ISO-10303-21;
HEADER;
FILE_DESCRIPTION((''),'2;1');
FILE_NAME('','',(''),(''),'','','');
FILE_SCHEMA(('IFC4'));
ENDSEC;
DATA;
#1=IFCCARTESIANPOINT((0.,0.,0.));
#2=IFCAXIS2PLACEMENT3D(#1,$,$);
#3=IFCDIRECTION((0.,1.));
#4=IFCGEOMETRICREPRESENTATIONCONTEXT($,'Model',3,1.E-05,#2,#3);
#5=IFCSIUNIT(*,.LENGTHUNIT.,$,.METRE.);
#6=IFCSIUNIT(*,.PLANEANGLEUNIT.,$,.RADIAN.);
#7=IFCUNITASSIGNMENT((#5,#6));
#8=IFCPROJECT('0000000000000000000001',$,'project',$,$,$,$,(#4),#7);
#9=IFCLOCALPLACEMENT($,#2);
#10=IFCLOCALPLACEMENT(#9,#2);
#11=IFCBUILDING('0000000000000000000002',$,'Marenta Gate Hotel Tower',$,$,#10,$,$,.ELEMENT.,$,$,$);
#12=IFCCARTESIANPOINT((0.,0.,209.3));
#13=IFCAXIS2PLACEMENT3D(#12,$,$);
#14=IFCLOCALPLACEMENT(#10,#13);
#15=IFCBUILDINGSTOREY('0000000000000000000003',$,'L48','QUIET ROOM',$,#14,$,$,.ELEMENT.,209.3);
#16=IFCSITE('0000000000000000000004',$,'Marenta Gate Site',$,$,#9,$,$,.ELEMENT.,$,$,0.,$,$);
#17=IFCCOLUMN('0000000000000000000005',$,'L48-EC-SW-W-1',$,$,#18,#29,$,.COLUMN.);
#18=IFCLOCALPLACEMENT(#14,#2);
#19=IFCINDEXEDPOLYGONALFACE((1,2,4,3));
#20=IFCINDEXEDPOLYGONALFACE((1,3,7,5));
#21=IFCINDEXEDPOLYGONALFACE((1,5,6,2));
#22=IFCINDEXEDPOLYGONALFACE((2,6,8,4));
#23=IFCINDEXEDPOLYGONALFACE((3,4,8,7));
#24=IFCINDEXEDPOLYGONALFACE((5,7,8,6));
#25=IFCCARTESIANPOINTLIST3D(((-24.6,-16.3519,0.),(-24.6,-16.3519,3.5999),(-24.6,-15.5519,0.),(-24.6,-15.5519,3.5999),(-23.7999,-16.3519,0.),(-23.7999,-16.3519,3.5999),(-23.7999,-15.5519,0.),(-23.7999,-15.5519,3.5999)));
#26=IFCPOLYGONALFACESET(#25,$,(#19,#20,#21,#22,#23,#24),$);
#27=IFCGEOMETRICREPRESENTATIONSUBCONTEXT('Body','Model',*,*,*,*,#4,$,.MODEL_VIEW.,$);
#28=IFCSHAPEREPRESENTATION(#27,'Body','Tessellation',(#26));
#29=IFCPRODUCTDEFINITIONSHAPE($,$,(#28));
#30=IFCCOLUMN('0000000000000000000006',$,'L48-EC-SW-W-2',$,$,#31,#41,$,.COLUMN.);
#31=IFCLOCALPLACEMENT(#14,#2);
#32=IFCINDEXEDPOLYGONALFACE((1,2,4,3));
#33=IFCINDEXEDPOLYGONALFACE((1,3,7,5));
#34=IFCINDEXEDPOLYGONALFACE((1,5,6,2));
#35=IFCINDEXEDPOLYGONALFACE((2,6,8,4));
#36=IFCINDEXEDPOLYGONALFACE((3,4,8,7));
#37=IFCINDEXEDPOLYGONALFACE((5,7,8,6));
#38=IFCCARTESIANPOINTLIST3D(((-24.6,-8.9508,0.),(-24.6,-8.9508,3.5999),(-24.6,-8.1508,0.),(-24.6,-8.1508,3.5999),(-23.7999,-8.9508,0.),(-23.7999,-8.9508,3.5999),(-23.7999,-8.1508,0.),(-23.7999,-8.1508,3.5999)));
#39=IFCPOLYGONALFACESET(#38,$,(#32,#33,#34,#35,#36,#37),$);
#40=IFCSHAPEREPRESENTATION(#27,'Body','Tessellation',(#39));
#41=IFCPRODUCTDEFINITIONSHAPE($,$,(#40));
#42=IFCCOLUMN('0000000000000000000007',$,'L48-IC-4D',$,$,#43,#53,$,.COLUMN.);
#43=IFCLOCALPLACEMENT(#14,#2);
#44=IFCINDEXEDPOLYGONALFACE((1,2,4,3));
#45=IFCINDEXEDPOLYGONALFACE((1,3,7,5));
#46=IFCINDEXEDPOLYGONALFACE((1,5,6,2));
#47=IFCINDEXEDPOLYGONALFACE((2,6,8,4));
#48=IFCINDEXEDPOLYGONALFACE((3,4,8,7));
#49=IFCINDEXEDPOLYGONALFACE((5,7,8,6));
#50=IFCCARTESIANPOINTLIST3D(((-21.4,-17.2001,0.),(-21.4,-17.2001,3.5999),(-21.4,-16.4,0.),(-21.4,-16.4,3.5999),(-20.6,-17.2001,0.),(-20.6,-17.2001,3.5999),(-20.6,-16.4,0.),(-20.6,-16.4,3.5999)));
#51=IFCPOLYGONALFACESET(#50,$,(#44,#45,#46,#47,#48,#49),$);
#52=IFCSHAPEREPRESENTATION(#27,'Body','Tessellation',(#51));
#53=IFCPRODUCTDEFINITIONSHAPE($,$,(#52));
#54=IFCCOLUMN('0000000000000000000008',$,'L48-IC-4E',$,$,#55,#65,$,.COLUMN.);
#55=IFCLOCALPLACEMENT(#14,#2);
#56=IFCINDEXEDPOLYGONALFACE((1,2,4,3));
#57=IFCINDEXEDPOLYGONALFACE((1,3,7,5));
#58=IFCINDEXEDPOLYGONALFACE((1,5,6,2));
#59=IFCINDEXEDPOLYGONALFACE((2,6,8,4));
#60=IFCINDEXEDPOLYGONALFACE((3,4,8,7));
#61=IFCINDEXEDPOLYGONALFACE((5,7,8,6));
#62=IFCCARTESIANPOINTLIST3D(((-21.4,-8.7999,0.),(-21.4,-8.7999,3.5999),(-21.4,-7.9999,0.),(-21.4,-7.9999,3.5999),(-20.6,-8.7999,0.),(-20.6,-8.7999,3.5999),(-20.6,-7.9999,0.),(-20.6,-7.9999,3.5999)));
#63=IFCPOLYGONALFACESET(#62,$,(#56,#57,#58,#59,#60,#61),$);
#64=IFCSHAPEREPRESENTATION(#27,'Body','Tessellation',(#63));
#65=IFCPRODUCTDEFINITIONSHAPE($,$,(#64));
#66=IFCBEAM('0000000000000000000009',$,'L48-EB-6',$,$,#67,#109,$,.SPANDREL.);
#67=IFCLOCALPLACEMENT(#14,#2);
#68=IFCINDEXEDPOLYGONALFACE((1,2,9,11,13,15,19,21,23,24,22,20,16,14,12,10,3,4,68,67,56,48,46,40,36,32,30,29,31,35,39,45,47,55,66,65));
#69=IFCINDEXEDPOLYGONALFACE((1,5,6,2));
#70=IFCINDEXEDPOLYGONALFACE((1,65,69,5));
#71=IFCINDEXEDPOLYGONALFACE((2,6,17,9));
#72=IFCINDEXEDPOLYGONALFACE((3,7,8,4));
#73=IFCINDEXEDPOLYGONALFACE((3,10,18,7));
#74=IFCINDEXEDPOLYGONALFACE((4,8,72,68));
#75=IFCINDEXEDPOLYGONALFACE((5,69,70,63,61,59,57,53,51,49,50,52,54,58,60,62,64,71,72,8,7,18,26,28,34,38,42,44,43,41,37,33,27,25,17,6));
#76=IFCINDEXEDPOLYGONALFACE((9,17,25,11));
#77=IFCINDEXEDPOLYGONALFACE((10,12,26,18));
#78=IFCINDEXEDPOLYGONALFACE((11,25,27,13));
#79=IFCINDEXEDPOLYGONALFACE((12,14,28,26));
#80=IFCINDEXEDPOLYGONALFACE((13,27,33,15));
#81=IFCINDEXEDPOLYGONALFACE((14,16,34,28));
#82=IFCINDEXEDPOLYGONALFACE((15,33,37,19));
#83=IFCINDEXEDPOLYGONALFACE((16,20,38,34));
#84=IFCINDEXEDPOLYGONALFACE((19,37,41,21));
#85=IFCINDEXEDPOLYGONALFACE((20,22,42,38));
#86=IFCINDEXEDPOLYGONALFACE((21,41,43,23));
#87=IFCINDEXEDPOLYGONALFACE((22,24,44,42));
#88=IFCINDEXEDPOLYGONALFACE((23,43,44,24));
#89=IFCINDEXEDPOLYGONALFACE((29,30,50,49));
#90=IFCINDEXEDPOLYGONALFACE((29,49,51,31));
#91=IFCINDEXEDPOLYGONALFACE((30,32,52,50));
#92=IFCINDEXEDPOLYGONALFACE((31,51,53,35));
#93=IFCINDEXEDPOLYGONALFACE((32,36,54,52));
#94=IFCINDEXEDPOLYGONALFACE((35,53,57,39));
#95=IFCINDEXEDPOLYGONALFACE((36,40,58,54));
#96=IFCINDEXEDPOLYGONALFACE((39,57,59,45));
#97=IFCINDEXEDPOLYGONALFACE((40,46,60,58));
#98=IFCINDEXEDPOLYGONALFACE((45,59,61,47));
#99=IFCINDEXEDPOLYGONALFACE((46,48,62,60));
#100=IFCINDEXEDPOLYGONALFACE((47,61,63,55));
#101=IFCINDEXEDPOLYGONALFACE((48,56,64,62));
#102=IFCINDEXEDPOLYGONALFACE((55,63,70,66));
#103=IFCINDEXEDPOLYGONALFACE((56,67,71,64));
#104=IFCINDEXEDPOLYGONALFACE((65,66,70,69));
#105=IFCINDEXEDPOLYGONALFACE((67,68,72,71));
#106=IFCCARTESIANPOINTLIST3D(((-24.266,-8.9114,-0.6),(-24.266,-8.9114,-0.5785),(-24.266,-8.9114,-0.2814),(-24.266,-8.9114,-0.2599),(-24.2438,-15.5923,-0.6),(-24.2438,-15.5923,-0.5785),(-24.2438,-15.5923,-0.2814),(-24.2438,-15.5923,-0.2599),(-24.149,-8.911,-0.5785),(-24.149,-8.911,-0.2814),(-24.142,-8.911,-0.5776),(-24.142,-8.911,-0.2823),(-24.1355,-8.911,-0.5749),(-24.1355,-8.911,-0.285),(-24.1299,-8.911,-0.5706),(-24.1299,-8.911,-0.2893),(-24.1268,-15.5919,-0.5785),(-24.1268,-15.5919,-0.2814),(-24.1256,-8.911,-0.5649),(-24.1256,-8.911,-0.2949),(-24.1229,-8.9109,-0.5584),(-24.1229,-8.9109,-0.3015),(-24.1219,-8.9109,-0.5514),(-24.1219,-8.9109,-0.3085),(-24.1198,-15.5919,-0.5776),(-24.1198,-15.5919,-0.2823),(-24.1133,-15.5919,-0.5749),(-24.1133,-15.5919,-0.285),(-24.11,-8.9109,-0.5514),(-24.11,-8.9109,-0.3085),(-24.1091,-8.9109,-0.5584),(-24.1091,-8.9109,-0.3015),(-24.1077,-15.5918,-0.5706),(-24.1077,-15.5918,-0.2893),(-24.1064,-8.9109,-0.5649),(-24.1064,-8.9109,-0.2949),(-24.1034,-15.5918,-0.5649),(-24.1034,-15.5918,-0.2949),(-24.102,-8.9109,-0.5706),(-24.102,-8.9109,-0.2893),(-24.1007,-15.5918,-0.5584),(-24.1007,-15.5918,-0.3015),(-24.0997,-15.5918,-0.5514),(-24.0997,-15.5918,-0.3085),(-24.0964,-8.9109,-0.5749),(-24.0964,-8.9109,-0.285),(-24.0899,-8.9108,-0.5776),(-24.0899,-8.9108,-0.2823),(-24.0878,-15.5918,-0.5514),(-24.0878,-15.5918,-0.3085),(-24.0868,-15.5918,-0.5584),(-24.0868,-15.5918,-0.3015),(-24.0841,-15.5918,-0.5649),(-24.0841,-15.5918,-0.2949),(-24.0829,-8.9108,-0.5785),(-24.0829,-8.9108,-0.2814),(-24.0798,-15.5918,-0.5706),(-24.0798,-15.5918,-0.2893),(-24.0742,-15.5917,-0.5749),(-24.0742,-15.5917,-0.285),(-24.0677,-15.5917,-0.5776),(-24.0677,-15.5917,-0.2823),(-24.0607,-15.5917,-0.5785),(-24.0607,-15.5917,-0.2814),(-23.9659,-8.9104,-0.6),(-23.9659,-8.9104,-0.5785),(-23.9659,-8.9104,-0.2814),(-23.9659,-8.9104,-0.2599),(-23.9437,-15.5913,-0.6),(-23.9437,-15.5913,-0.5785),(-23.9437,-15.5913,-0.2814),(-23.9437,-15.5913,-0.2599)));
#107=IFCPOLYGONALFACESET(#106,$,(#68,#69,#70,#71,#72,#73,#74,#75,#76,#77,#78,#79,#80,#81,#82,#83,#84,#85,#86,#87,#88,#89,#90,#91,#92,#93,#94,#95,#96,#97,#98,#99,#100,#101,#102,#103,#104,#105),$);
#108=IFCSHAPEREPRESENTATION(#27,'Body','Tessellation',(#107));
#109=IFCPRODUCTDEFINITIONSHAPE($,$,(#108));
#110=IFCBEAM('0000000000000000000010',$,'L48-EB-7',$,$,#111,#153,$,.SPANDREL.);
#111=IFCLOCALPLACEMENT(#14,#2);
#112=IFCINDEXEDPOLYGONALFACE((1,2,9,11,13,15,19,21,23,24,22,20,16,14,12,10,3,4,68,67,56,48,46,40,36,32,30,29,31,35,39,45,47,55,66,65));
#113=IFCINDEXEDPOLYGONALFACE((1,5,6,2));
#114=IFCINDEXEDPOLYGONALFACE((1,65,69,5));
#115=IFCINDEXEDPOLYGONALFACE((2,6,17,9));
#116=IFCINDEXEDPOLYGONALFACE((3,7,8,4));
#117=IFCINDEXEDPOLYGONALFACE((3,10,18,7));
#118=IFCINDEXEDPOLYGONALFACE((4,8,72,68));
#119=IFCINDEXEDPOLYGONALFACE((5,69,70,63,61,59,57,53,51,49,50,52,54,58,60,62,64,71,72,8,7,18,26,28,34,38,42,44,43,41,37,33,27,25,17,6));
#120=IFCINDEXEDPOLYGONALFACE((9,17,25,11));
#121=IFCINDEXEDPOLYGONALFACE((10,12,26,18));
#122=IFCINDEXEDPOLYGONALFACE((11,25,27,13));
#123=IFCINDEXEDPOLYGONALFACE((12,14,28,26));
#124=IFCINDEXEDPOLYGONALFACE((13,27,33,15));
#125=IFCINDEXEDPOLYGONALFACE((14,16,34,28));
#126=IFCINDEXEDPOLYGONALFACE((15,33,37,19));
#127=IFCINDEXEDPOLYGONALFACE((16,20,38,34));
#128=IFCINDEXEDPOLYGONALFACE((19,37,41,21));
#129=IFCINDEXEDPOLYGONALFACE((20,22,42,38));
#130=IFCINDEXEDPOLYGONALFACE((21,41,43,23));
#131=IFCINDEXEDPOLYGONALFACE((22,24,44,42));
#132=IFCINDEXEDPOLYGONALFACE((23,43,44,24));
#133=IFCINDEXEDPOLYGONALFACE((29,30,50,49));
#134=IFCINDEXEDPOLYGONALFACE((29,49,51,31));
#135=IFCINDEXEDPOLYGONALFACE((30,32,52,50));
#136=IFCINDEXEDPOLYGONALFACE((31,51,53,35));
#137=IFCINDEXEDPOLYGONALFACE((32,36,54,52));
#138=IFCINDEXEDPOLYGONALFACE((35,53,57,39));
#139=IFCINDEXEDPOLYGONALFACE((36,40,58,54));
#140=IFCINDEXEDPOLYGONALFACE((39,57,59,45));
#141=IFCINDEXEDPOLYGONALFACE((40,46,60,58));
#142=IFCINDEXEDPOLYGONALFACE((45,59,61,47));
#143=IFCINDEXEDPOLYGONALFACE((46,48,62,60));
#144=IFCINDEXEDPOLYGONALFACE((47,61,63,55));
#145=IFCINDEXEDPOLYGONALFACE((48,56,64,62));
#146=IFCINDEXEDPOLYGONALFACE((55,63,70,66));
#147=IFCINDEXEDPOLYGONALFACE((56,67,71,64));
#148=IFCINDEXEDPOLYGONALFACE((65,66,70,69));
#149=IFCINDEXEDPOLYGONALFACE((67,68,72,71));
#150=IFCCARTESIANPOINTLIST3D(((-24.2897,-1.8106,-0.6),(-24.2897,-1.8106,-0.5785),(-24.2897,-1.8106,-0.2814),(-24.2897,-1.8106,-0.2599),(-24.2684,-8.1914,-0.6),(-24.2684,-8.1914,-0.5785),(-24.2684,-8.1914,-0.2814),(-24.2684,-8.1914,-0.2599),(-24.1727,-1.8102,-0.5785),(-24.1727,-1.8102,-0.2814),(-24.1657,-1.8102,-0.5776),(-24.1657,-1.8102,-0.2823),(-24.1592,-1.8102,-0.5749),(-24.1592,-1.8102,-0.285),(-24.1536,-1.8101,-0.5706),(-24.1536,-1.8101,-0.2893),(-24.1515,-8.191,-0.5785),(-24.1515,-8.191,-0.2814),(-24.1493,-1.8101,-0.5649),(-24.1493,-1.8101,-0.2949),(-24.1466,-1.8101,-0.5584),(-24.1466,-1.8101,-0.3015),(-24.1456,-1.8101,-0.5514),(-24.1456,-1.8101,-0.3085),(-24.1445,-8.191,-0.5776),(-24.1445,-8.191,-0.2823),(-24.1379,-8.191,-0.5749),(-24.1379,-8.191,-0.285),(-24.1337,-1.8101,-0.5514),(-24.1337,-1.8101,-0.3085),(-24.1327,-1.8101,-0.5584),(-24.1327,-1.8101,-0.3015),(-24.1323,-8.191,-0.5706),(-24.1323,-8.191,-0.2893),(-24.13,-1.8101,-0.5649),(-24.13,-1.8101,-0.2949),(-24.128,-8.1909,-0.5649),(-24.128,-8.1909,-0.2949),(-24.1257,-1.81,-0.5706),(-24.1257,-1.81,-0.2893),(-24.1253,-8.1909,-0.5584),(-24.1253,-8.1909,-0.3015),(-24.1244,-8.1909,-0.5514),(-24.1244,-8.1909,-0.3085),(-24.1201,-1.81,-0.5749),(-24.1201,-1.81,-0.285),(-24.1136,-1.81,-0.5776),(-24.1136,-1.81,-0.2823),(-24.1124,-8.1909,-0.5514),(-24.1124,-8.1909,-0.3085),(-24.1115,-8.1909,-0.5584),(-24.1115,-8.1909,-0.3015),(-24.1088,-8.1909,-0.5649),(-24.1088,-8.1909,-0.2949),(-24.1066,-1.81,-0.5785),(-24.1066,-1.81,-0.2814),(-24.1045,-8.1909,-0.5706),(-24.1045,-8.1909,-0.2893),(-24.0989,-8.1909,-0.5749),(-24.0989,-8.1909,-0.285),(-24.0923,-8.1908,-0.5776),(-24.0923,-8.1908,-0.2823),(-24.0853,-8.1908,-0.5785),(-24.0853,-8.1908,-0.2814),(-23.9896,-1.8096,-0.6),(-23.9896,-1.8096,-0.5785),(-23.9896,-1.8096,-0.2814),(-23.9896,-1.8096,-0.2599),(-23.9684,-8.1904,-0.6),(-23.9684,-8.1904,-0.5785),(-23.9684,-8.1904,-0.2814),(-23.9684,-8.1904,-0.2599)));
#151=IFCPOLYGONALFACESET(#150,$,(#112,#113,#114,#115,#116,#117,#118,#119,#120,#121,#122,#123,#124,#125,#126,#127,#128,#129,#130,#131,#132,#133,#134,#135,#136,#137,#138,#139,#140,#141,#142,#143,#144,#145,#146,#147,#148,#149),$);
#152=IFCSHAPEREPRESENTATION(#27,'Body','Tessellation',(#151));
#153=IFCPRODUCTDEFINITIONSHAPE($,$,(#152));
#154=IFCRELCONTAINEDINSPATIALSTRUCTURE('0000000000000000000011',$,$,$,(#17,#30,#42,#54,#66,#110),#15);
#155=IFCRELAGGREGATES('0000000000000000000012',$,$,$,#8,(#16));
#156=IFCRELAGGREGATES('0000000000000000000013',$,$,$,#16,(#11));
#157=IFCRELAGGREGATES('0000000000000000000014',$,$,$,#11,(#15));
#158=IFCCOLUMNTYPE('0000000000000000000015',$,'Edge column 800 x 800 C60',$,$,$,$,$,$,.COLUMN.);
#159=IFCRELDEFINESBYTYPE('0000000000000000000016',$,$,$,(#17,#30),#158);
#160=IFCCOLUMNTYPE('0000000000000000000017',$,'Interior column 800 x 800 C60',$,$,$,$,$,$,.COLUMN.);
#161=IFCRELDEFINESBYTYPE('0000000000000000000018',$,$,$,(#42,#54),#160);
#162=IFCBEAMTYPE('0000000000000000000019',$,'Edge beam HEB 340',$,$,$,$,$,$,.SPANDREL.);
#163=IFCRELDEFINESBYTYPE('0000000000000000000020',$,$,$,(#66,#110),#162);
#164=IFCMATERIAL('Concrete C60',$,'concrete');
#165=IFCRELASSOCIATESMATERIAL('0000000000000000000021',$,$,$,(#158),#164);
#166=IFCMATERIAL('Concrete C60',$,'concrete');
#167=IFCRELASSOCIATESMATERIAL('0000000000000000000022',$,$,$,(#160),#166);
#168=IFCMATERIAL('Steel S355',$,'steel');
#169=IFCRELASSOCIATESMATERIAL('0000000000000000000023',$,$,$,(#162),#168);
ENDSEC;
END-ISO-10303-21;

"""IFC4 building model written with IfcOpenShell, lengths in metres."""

from ifc_helpers import new_model, si_unit, direction, frame, origin, origin_2d, place, context, subcontext, project, spatial, rectangle, i_section, extrude, material, material_profile, profile_set, type_object, element, save


model = new_model("IFC4")

# Units and contexts
model_context = context("Model", 3, precision=1e-05, world=origin(), true_north=direction((0.0, 1.0)))
body_context = subcontext(model_context, "Body", "Model", "MODEL_VIEW")
ifc_project = project(units=[si_unit("LENGTHUNIT", "METRE"), si_unit("PLANEANGLEUNIT", "RADIAN")], contexts=[model_context])

# Site, building, storey
site_placement = place(None, origin())
site = spatial("IfcSite", under=ifc_project, at=site_placement, Name="Marenta Gate Site", CompositionType="ELEMENT", RefElevation=0.0)
building_placement = place(site_placement, origin())
building = spatial("IfcBuilding", under=site, at=building_placement, Name="Marenta Gate Hotel Tower", CompositionType="ELEMENT")
storey_placement = place(building_placement, frame((0.0, 0.0, 209.3)))
storey = spatial("IfcBuildingStorey", under=building, at=storey_placement, Name="L48", Description="QUIET ROOM", CompositionType="ELEMENT", Elevation=209.3)

# Columns
ifc_material_1 = material(Name="Concrete C60", Category="concrete")
ifc_material_profile_1 = material_profile(ifc_material_1, rectangle(XDim=0.8, YDim=0.8, at=origin_2d()), Name="800 x 800")
ifc_profile_set_1 = profile_set([ifc_material_profile_1], Name="Concrete C60")
column_type_1 = type_object("IfcColumnType", Name="Edge column 800 x 800 C60", PredefinedType="COLUMN", material=ifc_profile_set_1)
for number, where, z_axis, x_axis, name in (
    (1, (-24.2, -15.9519, 0.0), (0.0, 0.0, 1.0), (1.0, 0.0, 0.0), "L48-EC-SW-W-1"),
    (2, (-24.2, -8.5508, 0.0), (0.0, 0.0, 1.0), (1.0, 0.0, 0.0), "L48-EC-SW-W-2"),
):
    element("IfcColumn", number, at=place(storey_placement, frame(where, z_axis=z_axis, x_axis=x_axis)), inside=storey, type_object=column_type_1, Name=name, PredefinedType="COLUMN", context=body_context, shape_type="SweptSolid", body=[
        extrude(rectangle(XDim=0.8, YDim=0.8, at=origin_2d()), origin(), (0.0, 0.0, 1.0), 3.5999),
    ])
ifc_material_2 = material(Name="Concrete C60", Category="concrete")
ifc_material_profile_2 = material_profile(ifc_material_2, rectangle(XDim=0.8, YDim=0.8, at=origin_2d()), Name="800 x 800")
ifc_profile_set_2 = profile_set([ifc_material_profile_2], Name="Concrete C60")
column_type_2 = type_object("IfcColumnType", Name="Interior column 800 x 800 C60", PredefinedType="COLUMN", material=ifc_profile_set_2)
for number, where, z_axis, x_axis, name in (
    (3, (-21.0, -16.8, 0.0), (0.0, 0.0, 1.0), (1.0, 0.0, 0.0), "L48-IC-4D"),
    (4, (-21.0, -8.3999, 0.0), (0.0, 0.0, 1.0), (1.0, 0.0, 0.0), "L48-IC-4E"),
):
    element("IfcColumn", number, at=place(storey_placement, frame(where, z_axis=z_axis, x_axis=x_axis)), inside=storey, type_object=column_type_2, Name=name, PredefinedType="COLUMN", context=body_context, shape_type="SweptSolid", body=[
        extrude(rectangle(XDim=0.8, YDim=0.8, at=origin_2d()), origin(), (0.0, 0.0, 1.0), 3.5999),
    ])

# Beams
ifc_material_3 = material(Name="Steel S355", Category="steel")
ifc_material_profile_3 = material_profile(ifc_material_3, i_section(OverallWidth=0.3, OverallDepth=0.3401, WebThickness=0.012, FlangeThickness=0.0215, FilletRadius=0.0271, at=origin_2d()), Name="HEB 340")
ifc_profile_set_3 = profile_set([ifc_material_profile_3], Name="Steel S355")
beam_type_1 = type_object("IfcBeamType", Name="Edge beam HEB 340", PredefinedType="SPANDREL", material=ifc_profile_set_3)
beam_1_placement = place(storey_placement, frame((-24.0938, -15.5918, -0.4299), z_axis=(-0.003325, 0.999994, 0.0), x_axis=(-0.999994, -0.003325, 0.0)))
element("IfcBeam", 5, at=beam_1_placement, inside=storey, type_object=beam_type_1, Name="L48-EB-6", PredefinedType="SPANDREL", context=body_context, shape_type="SweptSolid", body=[
    extrude(i_section(OverallWidth=0.3, OverallDepth=0.3401, WebThickness=0.012, FlangeThickness=0.0215, FilletRadius=0.0271, at=origin_2d()), origin(), (0.0, 0.0, 1.0), 6.6809),
])
beam_2_placement = place(storey_placement, frame((-24.1184, -8.1909, -0.4299), z_axis=(-0.003329, 0.999994, 0.0), x_axis=(-0.999994, -0.003329, 0.0)))
element("IfcBeam", 6, at=beam_2_placement, inside=storey, type_object=beam_type_1, Name="L48-EB-7", PredefinedType="SPANDREL", context=body_context, shape_type="SweptSolid", body=[
    extrude(i_section(OverallWidth=0.3, OverallDepth=0.3401, WebThickness=0.012, FlangeThickness=0.0215, FilletRadius=0.0271, at=origin_2d()), origin(), (0.0, 0.0, 1.0), 6.3809),
])

save(model, "model.ifc")
